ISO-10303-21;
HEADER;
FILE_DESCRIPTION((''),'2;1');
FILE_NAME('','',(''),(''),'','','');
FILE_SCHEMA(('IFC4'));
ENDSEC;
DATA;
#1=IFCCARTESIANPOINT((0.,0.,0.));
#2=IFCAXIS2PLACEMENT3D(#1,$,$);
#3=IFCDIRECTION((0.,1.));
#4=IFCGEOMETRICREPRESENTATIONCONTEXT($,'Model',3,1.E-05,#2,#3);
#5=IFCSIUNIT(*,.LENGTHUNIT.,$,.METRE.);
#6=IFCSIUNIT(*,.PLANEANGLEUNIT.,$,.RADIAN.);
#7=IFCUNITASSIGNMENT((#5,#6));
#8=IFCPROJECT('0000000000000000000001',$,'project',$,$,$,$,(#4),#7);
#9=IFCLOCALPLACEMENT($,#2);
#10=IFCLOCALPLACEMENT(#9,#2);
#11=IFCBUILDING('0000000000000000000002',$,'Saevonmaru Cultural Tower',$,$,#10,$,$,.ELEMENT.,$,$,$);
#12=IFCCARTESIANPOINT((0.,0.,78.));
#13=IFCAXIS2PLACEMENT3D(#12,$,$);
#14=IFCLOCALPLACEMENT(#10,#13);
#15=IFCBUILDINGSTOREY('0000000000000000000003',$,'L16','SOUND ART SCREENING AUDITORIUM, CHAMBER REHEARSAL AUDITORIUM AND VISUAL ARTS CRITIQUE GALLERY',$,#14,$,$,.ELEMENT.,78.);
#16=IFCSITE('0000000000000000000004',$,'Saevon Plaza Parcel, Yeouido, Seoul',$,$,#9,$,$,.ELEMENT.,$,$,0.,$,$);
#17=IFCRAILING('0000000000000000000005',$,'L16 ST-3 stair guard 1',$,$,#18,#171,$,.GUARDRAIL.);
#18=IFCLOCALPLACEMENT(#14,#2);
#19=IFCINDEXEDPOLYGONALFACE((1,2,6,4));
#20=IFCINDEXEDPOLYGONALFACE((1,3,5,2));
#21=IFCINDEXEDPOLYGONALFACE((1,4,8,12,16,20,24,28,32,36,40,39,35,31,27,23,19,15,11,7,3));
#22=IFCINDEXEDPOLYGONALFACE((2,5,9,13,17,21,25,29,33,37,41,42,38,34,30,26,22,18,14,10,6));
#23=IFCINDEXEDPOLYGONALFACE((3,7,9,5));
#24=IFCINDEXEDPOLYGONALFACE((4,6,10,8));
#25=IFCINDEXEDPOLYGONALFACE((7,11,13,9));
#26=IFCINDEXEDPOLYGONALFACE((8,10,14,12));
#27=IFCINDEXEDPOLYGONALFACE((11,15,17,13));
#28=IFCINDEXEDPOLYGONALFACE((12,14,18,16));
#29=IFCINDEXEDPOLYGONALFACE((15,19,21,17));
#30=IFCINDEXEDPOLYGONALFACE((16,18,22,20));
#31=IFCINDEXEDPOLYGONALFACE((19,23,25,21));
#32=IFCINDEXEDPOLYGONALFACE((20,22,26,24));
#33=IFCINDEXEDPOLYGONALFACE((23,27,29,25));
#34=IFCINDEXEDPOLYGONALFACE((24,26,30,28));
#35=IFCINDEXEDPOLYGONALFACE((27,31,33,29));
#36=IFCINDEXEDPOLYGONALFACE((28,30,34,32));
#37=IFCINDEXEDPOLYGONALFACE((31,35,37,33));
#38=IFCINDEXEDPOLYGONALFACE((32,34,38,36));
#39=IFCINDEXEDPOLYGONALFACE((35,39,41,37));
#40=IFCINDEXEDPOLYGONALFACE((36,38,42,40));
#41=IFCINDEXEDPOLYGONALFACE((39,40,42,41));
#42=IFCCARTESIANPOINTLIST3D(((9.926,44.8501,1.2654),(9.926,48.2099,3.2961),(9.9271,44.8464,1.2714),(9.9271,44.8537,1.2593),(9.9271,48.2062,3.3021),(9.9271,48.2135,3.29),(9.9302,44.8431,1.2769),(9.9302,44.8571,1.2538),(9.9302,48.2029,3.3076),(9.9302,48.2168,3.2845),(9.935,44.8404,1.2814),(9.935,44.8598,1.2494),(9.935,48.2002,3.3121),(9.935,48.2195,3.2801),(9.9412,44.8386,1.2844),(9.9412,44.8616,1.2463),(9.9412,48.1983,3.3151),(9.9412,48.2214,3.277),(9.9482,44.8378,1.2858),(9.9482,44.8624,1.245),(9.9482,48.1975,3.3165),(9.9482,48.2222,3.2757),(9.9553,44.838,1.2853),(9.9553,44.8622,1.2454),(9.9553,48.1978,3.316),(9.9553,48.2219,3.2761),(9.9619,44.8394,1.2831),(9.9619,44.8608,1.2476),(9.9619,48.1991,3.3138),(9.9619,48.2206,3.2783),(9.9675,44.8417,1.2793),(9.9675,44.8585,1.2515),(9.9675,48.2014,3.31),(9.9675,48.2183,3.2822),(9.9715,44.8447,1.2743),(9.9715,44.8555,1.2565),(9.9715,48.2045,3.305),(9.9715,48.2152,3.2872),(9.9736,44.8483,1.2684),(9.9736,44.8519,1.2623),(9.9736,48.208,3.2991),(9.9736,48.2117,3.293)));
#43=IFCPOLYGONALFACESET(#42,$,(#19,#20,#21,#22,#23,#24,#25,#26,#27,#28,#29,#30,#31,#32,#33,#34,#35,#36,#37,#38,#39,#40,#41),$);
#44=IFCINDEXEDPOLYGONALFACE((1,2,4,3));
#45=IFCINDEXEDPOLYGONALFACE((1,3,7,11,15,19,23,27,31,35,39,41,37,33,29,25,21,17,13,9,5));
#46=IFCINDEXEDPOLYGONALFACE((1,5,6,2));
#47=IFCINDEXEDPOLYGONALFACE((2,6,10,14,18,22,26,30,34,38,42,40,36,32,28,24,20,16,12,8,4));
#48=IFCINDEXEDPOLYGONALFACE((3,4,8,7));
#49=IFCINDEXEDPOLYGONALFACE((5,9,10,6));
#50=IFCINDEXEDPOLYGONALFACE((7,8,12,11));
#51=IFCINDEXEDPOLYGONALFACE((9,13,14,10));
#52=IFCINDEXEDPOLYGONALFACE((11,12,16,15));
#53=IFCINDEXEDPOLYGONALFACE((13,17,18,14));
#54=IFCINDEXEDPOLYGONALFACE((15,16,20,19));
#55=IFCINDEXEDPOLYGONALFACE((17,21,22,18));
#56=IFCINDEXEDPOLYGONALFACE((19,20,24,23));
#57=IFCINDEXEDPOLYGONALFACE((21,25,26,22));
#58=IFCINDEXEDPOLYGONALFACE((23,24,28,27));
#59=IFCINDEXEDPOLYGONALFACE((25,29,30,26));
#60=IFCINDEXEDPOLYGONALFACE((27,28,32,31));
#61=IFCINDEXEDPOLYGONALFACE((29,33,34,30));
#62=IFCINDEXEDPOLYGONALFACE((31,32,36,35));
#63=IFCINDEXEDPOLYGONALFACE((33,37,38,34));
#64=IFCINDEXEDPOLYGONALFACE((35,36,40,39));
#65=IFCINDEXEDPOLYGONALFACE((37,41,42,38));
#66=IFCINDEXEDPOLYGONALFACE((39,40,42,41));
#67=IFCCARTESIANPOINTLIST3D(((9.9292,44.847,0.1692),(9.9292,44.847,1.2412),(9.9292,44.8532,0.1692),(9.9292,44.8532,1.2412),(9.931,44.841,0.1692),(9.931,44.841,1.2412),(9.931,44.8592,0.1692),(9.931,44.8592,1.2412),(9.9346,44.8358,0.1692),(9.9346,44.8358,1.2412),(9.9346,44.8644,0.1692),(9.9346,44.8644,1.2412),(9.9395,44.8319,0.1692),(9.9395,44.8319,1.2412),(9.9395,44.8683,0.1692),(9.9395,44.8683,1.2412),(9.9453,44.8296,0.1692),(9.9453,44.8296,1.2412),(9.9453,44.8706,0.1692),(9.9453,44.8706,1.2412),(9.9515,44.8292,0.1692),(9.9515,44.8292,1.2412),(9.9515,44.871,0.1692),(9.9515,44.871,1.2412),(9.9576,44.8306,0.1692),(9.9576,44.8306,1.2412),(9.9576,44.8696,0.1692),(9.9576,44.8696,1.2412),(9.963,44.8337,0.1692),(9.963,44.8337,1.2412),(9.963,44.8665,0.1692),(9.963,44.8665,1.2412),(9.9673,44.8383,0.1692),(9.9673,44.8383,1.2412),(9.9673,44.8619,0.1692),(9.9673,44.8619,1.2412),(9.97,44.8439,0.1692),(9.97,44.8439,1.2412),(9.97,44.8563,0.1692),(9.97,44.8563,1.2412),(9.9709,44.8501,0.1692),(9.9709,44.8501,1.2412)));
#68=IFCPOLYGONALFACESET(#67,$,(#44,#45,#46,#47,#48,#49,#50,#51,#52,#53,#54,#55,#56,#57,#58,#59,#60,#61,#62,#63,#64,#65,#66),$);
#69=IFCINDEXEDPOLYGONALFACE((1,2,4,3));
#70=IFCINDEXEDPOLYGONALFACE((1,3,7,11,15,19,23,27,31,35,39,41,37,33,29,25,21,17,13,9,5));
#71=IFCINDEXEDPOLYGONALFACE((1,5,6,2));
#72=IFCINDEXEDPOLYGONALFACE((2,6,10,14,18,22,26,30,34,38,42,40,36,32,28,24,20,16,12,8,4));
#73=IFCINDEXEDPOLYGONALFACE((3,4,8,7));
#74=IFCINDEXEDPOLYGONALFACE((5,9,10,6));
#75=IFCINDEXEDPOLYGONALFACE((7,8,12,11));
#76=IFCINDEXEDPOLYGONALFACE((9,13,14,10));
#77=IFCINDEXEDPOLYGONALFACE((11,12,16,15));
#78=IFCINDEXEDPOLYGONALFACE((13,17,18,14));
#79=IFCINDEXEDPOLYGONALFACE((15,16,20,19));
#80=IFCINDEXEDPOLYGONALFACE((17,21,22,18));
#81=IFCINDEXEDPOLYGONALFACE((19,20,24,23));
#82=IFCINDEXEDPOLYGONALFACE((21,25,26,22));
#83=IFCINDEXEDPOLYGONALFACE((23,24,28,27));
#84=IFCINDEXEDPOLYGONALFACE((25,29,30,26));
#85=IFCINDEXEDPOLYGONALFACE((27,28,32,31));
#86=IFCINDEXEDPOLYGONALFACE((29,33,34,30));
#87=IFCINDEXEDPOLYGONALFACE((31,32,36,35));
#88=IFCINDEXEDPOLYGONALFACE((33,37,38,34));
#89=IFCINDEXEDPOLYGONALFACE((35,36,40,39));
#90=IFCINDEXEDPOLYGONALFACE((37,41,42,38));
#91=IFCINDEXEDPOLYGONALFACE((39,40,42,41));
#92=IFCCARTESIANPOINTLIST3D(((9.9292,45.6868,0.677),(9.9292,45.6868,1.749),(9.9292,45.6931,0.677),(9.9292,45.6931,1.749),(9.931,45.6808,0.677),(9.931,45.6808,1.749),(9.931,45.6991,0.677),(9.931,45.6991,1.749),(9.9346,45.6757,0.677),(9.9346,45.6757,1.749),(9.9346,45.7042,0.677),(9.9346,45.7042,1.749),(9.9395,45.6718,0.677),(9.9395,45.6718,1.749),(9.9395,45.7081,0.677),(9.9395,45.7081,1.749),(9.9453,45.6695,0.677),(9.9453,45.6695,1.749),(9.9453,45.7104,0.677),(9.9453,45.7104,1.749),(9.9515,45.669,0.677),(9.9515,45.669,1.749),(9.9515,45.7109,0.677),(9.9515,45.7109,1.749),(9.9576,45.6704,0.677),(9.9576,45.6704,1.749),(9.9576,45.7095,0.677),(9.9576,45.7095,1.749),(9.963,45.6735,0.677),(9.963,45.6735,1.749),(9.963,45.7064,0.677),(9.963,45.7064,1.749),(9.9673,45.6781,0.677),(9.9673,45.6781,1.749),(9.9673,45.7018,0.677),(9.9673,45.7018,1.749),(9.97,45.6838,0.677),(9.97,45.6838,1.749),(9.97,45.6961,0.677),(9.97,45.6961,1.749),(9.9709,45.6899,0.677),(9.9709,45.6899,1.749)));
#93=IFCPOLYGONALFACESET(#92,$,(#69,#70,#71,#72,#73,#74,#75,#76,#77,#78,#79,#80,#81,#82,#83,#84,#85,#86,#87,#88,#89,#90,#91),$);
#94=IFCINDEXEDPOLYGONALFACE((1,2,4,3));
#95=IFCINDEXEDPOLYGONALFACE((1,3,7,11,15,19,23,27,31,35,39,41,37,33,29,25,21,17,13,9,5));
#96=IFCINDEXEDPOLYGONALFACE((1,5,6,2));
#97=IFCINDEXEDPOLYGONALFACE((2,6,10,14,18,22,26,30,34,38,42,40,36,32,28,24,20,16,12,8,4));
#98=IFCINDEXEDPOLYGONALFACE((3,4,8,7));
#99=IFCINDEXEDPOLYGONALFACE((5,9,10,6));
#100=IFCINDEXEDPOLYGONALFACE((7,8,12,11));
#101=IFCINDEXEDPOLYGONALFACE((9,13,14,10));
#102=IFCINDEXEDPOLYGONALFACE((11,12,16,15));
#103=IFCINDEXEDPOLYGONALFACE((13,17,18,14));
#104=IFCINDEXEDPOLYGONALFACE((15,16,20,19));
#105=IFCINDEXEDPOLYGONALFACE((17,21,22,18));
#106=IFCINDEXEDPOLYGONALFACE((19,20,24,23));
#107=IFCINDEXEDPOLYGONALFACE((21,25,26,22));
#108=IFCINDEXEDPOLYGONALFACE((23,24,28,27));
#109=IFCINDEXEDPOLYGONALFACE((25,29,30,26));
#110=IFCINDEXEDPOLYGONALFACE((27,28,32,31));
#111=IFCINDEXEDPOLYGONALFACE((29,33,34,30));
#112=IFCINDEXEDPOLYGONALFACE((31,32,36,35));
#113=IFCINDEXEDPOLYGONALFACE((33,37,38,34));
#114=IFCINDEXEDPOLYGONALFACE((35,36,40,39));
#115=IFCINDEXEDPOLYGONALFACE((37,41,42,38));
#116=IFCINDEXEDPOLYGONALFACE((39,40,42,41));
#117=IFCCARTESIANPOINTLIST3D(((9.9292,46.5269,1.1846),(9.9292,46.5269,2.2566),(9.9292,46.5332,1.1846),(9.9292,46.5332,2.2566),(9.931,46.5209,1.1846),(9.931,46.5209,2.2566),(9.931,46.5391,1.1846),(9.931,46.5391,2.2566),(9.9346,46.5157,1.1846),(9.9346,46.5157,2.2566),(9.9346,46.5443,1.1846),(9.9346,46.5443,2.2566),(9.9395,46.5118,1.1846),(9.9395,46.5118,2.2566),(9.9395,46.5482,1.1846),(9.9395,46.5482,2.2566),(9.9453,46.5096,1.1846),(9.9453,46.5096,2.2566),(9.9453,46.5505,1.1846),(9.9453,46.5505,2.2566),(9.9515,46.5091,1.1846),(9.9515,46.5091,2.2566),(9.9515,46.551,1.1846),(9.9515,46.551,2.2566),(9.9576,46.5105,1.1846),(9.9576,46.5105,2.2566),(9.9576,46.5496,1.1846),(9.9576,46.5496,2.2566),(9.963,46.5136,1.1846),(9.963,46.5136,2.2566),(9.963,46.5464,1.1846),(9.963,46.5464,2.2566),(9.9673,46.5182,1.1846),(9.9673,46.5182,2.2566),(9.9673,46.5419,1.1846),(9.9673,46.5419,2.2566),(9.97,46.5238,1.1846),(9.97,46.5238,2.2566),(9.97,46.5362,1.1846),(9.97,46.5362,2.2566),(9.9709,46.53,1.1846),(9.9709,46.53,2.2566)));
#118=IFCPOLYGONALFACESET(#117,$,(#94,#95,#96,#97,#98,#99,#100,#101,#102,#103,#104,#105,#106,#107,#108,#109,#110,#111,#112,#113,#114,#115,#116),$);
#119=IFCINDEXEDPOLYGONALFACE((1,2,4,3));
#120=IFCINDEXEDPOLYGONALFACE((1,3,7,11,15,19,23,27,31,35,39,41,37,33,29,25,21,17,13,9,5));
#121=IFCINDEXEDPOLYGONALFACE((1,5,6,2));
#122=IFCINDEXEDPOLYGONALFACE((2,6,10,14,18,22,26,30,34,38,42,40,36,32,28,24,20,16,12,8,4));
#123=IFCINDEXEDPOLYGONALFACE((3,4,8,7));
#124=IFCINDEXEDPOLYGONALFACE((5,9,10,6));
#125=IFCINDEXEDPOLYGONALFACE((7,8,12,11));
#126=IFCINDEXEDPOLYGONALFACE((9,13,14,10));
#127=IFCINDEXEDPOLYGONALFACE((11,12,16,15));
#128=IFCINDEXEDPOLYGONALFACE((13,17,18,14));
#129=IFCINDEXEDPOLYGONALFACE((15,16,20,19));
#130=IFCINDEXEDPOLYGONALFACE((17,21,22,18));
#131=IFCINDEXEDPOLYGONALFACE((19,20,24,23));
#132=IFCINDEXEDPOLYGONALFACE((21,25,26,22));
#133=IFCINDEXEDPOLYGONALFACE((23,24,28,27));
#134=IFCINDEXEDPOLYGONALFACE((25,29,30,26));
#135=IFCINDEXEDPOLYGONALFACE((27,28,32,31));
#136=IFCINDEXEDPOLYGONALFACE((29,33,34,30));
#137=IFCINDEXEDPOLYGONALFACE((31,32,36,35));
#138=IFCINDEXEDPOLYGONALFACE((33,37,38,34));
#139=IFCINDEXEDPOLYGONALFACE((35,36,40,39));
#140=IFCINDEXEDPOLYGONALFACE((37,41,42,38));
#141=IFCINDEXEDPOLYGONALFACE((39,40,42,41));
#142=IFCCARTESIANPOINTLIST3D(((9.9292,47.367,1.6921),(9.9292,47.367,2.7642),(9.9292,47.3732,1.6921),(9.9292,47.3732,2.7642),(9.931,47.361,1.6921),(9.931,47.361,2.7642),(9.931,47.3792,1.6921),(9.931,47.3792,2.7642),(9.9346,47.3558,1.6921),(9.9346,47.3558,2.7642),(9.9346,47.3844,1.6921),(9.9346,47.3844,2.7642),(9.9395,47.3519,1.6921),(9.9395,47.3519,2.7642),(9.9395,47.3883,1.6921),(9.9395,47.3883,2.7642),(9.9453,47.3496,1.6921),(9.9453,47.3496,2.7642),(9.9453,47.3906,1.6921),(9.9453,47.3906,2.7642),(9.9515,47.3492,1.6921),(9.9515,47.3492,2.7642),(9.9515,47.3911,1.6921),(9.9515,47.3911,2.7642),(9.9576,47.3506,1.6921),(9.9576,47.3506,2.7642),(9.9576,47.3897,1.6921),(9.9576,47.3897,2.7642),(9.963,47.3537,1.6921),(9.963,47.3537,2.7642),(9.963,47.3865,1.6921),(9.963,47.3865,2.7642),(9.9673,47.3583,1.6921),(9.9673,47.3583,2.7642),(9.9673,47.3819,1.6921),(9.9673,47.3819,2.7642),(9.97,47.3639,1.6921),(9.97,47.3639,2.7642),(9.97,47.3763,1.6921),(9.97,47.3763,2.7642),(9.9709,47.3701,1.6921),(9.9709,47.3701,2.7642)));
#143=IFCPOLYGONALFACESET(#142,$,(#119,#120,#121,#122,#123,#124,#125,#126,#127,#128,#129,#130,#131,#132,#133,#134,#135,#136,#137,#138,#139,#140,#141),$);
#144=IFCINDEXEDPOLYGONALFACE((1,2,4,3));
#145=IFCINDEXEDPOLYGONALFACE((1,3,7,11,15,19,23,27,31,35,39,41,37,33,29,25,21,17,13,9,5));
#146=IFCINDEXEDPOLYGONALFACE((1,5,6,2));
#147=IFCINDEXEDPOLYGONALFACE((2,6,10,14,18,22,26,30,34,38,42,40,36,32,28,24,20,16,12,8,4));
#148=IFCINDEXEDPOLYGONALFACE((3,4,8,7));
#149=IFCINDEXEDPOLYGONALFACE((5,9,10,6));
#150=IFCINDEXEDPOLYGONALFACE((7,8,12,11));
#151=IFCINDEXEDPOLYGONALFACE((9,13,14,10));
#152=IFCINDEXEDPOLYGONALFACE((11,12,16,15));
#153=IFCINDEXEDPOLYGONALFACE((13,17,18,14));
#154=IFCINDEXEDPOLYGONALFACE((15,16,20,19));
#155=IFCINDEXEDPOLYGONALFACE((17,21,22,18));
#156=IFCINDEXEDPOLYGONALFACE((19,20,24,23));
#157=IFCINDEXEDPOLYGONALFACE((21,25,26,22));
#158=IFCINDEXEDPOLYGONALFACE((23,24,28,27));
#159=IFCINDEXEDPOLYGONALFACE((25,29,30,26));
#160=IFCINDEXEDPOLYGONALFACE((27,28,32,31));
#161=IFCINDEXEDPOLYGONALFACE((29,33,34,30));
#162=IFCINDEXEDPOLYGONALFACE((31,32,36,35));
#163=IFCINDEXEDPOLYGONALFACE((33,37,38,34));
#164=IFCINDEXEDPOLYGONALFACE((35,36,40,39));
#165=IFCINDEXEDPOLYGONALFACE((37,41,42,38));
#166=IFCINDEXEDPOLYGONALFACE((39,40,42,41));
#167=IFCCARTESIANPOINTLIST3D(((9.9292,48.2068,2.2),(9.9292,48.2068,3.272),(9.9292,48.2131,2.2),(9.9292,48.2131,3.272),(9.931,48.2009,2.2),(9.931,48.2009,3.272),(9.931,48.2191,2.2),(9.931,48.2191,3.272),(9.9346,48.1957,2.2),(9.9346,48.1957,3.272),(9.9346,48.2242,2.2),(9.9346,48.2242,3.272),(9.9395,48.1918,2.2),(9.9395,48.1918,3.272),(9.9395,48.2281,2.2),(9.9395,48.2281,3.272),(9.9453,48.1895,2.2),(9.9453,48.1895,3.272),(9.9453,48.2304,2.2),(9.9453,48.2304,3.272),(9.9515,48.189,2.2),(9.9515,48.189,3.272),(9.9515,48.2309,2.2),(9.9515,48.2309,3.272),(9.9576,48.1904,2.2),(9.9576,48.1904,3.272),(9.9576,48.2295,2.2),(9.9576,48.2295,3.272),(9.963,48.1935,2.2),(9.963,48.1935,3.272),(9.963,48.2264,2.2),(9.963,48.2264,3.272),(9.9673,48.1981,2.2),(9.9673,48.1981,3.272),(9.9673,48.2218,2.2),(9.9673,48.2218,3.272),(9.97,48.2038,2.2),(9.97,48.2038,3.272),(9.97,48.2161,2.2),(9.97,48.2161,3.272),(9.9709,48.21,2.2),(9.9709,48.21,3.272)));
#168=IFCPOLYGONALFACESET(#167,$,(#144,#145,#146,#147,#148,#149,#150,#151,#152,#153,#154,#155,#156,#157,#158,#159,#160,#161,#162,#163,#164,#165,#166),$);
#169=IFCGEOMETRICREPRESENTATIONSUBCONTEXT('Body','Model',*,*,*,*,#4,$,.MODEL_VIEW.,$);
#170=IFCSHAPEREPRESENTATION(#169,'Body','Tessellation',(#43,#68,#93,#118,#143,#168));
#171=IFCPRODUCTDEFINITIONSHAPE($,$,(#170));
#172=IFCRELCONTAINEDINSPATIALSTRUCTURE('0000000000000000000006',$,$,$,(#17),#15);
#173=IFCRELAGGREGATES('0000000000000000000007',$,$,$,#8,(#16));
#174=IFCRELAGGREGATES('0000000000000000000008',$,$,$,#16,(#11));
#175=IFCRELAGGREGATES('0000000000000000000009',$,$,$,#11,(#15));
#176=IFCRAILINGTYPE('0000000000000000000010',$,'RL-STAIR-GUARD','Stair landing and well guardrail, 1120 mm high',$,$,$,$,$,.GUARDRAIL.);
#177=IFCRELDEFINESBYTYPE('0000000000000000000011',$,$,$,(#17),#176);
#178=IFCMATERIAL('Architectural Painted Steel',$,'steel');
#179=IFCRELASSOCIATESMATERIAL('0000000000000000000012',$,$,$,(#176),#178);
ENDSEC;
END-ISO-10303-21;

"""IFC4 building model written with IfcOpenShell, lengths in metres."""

from ifc_helpers import new_model, si_unit, direction, frame, origin, origin_2d, place, context, subcontext, project, spatial, circle, extrude, material, type_object, element, save


model = new_model("IFC4")

# Units and contexts
model_context = context("Model", 3, precision=1e-05, world=origin(), true_north=direction((0.0, 1.0)))
body_context = subcontext(model_context, "Body", "Model", "MODEL_VIEW")
ifc_project = project(units=[si_unit("LENGTHUNIT", "METRE"), si_unit("PLANEANGLEUNIT", "RADIAN")], contexts=[model_context])

# Site, building, storey
site_placement = place(None, origin())
site = spatial("IfcSite", under=ifc_project, at=site_placement, Name="Saevon Plaza Parcel, Yeouido, Seoul", CompositionType="ELEMENT", RefElevation=0.0)
building_placement = place(site_placement, origin())
building = spatial("IfcBuilding", under=site, at=building_placement, Name="Saevonmaru Cultural Tower", CompositionType="ELEMENT")
storey_placement = place(building_placement, frame((0.0, 0.0, 78.0)))
storey = spatial("IfcBuildingStorey", under=building, at=storey_placement, Name="L16", Description="SOUND ART SCREENING AUDITORIUM, CHAMBER REHEARSAL AUDITORIUM AND VISUAL ARTS CRITIQUE GALLERY", CompositionType="ELEMENT", Elevation=78.0)

# Railing
ifc_material_1 = material(Name="Architectural Painted Steel", Category="steel")
railing_type_1 = type_object("IfcRailingType", Name="RL-STAIR-GUARD", Description="Stair landing and well guardrail, 1120 mm high", PredefinedType="GUARDRAIL", material=ifc_material_1)
railing_1_placement = place(storey_placement, frame((9.95, 44.8501, 0.1692)))
element("IfcRailing", 1, at=railing_1_placement, inside=storey, type_object=railing_type_1, Name="L16 ST-3 stair guard 1", PredefinedType="GUARDRAIL", context=body_context, shape_type="SweptSolid", body=[
    extrude(circle(Radius=0.0239, at=origin_2d()), frame((0.0, 0.0, 1.0962), z_axis=(0.0, 0.85582, 0.517273), x_axis=(-1.0, 0.0, 0.0)), (0.0, 0.0, 1.0), 3.9258),
    extrude(circle(Radius=0.021, at=origin_2d()), origin(), (0.0, 0.0, 1.0), 1.072),
    extrude(circle(Radius=0.021, at=origin_2d()), frame((0.0, 0.8398, 0.5078)), (0.0, 0.0, 1.0), 1.072),
    extrude(circle(Radius=0.021, at=origin_2d()), frame((0.0, 1.6799, 1.0154)), (0.0, 0.0, 1.0), 1.072),
    extrude(circle(Radius=0.021, at=origin_2d()), frame((0.0, 2.52, 1.5229)), (0.0, 0.0, 1.0), 1.072),
    extrude(circle(Radius=0.021, at=origin_2d()), frame((0.0, 3.3599, 2.0308)), (0.0, 0.0, 1.0), 1.072),
])

save(model, "model.ifc")
